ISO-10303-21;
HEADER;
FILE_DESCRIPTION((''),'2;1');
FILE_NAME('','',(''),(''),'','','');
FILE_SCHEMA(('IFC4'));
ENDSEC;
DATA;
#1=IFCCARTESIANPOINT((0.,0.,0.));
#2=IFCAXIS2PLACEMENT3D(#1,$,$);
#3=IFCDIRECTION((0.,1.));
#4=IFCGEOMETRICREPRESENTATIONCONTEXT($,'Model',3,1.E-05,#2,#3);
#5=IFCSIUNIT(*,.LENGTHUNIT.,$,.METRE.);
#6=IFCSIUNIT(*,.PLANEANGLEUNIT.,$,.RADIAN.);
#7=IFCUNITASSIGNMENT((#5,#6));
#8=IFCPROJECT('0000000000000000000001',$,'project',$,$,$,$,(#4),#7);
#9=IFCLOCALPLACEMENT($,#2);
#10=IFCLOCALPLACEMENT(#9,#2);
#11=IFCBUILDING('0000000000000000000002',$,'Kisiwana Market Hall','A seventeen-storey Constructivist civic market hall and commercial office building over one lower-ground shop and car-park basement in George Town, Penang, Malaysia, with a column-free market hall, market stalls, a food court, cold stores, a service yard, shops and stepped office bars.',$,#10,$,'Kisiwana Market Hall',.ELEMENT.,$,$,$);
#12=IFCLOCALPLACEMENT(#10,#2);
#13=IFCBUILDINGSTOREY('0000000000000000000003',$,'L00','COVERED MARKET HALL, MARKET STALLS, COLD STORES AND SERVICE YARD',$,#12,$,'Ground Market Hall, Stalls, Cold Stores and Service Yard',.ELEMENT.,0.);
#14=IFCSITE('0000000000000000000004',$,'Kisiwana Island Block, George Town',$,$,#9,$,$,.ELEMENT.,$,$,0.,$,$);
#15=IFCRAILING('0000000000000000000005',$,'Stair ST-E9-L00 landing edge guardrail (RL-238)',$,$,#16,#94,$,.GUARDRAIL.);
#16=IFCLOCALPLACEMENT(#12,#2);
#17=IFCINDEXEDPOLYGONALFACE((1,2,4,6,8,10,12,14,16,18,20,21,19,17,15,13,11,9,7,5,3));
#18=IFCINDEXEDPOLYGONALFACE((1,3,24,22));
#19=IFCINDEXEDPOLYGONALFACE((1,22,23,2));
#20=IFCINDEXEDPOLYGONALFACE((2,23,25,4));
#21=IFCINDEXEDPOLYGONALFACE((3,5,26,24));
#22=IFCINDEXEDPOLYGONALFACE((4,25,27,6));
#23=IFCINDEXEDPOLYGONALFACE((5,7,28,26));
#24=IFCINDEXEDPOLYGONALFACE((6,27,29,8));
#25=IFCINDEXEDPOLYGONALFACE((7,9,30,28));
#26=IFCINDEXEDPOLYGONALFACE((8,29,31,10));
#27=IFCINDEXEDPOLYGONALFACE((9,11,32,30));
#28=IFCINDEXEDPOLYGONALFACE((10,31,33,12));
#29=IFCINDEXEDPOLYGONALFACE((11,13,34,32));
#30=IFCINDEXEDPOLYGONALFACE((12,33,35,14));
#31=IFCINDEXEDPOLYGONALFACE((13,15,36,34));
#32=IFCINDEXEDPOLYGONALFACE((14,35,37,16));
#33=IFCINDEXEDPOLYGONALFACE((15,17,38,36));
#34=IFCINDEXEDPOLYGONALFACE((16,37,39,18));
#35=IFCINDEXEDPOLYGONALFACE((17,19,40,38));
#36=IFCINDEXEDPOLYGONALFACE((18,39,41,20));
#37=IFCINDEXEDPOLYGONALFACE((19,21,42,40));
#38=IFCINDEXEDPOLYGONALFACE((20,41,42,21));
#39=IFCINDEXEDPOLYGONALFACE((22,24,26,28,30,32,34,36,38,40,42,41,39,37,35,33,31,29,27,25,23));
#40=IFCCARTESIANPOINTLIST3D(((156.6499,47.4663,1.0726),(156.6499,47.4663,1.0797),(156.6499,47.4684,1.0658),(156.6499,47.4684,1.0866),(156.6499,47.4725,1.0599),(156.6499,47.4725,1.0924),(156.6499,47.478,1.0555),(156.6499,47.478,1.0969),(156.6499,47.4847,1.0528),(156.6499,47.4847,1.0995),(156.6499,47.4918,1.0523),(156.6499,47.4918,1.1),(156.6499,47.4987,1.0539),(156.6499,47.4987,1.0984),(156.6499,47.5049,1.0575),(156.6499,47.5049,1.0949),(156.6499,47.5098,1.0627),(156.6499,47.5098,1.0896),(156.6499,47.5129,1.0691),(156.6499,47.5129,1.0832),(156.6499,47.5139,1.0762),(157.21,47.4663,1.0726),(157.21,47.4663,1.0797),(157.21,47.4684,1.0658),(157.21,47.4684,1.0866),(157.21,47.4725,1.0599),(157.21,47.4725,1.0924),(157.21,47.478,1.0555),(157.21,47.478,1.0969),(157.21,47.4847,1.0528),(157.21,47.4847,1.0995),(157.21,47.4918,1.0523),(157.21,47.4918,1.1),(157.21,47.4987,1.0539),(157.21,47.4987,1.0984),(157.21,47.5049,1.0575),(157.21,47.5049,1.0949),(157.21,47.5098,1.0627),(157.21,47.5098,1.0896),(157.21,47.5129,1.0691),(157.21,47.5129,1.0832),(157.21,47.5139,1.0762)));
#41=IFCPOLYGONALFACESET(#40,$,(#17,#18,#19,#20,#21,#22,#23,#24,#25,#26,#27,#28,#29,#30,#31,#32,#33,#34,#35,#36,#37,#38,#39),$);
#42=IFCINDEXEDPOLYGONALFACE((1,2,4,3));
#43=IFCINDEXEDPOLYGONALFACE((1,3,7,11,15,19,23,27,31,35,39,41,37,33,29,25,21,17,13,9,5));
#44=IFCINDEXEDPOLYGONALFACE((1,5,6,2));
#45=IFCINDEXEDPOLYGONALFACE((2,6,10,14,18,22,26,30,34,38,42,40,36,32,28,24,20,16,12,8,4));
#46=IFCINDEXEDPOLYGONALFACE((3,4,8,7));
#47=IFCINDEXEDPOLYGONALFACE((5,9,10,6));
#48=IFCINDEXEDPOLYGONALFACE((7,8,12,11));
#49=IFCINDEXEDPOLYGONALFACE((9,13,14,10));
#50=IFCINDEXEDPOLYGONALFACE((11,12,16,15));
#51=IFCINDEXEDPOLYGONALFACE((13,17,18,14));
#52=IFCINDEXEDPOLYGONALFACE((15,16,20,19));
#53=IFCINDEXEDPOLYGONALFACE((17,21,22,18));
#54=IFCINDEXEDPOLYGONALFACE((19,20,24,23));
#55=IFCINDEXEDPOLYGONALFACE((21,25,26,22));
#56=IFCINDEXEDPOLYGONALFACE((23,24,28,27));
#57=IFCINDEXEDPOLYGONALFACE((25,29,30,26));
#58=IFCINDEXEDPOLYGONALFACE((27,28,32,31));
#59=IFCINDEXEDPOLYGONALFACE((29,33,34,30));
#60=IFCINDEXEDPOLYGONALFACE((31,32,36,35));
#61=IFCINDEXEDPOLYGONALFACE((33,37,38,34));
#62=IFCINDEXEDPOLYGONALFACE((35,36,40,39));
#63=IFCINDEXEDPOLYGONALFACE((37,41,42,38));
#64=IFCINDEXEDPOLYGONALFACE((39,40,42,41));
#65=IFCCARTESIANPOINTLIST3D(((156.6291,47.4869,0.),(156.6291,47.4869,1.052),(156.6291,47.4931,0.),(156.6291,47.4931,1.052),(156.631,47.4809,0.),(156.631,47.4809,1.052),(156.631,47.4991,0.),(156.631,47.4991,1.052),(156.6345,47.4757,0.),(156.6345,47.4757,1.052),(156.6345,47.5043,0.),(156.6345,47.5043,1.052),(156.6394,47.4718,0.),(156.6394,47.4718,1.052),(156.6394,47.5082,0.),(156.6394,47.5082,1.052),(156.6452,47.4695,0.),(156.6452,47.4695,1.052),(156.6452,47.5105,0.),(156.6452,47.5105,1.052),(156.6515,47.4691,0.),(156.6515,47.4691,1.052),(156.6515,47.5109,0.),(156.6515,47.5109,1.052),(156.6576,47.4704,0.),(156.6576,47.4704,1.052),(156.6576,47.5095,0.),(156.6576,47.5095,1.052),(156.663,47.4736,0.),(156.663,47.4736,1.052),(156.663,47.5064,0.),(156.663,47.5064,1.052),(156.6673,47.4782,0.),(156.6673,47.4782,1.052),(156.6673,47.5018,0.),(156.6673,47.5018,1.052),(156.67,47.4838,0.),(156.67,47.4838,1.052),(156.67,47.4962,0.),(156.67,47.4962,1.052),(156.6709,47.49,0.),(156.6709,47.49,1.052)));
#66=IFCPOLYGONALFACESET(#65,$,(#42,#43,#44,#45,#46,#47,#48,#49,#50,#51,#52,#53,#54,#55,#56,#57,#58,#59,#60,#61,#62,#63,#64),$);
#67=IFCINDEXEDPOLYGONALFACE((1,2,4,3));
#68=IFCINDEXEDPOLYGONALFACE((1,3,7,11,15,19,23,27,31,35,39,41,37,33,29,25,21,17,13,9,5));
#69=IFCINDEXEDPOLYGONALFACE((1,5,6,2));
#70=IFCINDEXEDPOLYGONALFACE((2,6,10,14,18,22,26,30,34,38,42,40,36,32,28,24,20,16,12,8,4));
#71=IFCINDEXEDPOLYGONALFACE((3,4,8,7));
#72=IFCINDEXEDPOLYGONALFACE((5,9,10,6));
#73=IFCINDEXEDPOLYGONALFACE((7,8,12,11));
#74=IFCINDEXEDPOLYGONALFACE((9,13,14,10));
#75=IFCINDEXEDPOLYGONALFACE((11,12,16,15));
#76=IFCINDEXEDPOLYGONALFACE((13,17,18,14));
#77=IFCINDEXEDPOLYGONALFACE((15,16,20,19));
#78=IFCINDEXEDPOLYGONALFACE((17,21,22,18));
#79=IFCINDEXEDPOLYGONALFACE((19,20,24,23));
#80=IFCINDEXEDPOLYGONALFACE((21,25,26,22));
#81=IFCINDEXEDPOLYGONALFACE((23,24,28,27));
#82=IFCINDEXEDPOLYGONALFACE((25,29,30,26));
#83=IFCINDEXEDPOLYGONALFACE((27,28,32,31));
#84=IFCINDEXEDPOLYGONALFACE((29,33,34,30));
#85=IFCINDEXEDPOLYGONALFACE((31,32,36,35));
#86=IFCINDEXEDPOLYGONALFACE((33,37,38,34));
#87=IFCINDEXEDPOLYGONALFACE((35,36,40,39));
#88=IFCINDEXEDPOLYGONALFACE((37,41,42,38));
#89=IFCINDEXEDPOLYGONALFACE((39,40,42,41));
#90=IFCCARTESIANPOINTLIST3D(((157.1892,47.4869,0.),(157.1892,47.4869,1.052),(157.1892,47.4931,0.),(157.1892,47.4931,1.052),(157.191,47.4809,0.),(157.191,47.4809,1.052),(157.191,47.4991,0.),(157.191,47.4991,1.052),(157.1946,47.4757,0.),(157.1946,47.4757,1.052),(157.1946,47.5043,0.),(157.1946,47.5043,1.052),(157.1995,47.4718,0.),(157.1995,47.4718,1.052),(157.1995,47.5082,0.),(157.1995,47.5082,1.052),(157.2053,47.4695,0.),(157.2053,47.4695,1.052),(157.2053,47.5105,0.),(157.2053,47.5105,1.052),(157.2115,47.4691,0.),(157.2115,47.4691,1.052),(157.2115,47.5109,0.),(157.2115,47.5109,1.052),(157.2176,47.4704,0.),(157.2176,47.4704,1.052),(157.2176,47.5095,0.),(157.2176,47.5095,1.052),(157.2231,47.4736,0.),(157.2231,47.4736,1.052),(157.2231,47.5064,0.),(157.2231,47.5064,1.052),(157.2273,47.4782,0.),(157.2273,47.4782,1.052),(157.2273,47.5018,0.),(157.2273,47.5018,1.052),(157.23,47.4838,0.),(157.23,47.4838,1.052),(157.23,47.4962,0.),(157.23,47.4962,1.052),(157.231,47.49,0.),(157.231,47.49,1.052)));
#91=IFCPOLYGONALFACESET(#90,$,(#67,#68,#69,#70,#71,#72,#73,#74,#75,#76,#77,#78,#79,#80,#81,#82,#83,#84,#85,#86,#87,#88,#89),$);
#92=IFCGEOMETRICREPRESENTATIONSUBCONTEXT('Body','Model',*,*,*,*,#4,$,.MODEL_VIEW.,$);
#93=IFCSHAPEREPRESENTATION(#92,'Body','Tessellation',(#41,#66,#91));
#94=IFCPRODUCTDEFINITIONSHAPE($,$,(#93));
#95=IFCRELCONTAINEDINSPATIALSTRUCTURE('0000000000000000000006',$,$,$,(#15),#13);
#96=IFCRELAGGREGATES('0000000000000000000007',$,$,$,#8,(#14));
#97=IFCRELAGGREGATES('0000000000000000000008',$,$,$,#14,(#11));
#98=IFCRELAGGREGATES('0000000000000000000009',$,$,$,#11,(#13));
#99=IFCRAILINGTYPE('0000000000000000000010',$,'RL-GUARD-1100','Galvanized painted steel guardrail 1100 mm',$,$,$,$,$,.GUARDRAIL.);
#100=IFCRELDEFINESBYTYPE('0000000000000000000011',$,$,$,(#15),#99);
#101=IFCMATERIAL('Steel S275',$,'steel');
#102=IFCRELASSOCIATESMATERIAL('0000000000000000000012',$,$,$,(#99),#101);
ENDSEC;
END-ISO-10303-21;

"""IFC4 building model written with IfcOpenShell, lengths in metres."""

from ifc_helpers import new_model, si_unit, direction, frame, origin, origin_2d, place, context, subcontext, project, spatial, circle, extrude, material, type_object, element, save


model = new_model("IFC4")

# Units and contexts
model_context = context("Model", 3, precision=1e-05, world=origin(), true_north=direction((0.0, 1.0)))
body_context = subcontext(model_context, "Body", "Model", "MODEL_VIEW")
ifc_project = project(units=[si_unit("LENGTHUNIT", "METRE"), si_unit("PLANEANGLEUNIT", "RADIAN")], contexts=[model_context])

# Site, building, storey
site_placement = place(None, origin())
site = spatial("IfcSite", under=ifc_project, at=site_placement, Name="Kisiwana Island Block, George Town", CompositionType="ELEMENT", RefElevation=0.0)
building_placement = place(site_placement, origin())
building = spatial("IfcBuilding", under=site, at=building_placement, Name="Kisiwana Market Hall", Description="A seventeen-storey Constructivist civic market hall and commercial office building over one lower-ground shop and car-park basement in George Town, Penang, Malaysia, with a column-free market hall, market stalls, a food court, cold stores, a service yard, shops and stepped office bars.", LongName="Kisiwana Market Hall", CompositionType="ELEMENT")
storey_placement = place(building_placement, origin())
storey = spatial("IfcBuildingStorey", under=building, at=storey_placement, Name="L00", Description="COVERED MARKET HALL, MARKET STALLS, COLD STORES AND SERVICE YARD", LongName="Ground Market Hall, Stalls, Cold Stores and Service Yard", CompositionType="ELEMENT", Elevation=0.0)

# Railing
ifc_material_1 = material(Name="Steel S275", Category="steel")
railing_type_1 = type_object("IfcRailingType", Name="RL-GUARD-1100", Description="Galvanized painted steel guardrail 1100 mm", PredefinedType="GUARDRAIL", material=ifc_material_1)
railing_1_placement = place(storey_placement, frame((156.6499, 47.49, 0.0)))
element("IfcRailing", 1, at=railing_1_placement, inside=storey, type_object=railing_type_1, Name="Stair ST-E9-L00 landing edge guardrail (RL-238)", PredefinedType="GUARDRAIL", context=body_context, shape_type="SweptSolid", body=[
    extrude(circle(Radius=0.0239, at=origin_2d()), frame((0.0, 0.0, 1.0762), z_axis=(1.0, 0.0, 0.0), x_axis=(0.0, 1.0, 0.0)), (0.0, 0.0, 1.0), 0.5601),
    extrude(circle(Radius=0.021, at=origin_2d()), origin(), (0.0, 0.0, 1.0), 1.052),
    extrude(circle(Radius=0.021, at=origin_2d()), frame((0.5601, 0.0, 0.0)), (0.0, 0.0, 1.0), 1.052),
])

save(model, "model.ifc")
